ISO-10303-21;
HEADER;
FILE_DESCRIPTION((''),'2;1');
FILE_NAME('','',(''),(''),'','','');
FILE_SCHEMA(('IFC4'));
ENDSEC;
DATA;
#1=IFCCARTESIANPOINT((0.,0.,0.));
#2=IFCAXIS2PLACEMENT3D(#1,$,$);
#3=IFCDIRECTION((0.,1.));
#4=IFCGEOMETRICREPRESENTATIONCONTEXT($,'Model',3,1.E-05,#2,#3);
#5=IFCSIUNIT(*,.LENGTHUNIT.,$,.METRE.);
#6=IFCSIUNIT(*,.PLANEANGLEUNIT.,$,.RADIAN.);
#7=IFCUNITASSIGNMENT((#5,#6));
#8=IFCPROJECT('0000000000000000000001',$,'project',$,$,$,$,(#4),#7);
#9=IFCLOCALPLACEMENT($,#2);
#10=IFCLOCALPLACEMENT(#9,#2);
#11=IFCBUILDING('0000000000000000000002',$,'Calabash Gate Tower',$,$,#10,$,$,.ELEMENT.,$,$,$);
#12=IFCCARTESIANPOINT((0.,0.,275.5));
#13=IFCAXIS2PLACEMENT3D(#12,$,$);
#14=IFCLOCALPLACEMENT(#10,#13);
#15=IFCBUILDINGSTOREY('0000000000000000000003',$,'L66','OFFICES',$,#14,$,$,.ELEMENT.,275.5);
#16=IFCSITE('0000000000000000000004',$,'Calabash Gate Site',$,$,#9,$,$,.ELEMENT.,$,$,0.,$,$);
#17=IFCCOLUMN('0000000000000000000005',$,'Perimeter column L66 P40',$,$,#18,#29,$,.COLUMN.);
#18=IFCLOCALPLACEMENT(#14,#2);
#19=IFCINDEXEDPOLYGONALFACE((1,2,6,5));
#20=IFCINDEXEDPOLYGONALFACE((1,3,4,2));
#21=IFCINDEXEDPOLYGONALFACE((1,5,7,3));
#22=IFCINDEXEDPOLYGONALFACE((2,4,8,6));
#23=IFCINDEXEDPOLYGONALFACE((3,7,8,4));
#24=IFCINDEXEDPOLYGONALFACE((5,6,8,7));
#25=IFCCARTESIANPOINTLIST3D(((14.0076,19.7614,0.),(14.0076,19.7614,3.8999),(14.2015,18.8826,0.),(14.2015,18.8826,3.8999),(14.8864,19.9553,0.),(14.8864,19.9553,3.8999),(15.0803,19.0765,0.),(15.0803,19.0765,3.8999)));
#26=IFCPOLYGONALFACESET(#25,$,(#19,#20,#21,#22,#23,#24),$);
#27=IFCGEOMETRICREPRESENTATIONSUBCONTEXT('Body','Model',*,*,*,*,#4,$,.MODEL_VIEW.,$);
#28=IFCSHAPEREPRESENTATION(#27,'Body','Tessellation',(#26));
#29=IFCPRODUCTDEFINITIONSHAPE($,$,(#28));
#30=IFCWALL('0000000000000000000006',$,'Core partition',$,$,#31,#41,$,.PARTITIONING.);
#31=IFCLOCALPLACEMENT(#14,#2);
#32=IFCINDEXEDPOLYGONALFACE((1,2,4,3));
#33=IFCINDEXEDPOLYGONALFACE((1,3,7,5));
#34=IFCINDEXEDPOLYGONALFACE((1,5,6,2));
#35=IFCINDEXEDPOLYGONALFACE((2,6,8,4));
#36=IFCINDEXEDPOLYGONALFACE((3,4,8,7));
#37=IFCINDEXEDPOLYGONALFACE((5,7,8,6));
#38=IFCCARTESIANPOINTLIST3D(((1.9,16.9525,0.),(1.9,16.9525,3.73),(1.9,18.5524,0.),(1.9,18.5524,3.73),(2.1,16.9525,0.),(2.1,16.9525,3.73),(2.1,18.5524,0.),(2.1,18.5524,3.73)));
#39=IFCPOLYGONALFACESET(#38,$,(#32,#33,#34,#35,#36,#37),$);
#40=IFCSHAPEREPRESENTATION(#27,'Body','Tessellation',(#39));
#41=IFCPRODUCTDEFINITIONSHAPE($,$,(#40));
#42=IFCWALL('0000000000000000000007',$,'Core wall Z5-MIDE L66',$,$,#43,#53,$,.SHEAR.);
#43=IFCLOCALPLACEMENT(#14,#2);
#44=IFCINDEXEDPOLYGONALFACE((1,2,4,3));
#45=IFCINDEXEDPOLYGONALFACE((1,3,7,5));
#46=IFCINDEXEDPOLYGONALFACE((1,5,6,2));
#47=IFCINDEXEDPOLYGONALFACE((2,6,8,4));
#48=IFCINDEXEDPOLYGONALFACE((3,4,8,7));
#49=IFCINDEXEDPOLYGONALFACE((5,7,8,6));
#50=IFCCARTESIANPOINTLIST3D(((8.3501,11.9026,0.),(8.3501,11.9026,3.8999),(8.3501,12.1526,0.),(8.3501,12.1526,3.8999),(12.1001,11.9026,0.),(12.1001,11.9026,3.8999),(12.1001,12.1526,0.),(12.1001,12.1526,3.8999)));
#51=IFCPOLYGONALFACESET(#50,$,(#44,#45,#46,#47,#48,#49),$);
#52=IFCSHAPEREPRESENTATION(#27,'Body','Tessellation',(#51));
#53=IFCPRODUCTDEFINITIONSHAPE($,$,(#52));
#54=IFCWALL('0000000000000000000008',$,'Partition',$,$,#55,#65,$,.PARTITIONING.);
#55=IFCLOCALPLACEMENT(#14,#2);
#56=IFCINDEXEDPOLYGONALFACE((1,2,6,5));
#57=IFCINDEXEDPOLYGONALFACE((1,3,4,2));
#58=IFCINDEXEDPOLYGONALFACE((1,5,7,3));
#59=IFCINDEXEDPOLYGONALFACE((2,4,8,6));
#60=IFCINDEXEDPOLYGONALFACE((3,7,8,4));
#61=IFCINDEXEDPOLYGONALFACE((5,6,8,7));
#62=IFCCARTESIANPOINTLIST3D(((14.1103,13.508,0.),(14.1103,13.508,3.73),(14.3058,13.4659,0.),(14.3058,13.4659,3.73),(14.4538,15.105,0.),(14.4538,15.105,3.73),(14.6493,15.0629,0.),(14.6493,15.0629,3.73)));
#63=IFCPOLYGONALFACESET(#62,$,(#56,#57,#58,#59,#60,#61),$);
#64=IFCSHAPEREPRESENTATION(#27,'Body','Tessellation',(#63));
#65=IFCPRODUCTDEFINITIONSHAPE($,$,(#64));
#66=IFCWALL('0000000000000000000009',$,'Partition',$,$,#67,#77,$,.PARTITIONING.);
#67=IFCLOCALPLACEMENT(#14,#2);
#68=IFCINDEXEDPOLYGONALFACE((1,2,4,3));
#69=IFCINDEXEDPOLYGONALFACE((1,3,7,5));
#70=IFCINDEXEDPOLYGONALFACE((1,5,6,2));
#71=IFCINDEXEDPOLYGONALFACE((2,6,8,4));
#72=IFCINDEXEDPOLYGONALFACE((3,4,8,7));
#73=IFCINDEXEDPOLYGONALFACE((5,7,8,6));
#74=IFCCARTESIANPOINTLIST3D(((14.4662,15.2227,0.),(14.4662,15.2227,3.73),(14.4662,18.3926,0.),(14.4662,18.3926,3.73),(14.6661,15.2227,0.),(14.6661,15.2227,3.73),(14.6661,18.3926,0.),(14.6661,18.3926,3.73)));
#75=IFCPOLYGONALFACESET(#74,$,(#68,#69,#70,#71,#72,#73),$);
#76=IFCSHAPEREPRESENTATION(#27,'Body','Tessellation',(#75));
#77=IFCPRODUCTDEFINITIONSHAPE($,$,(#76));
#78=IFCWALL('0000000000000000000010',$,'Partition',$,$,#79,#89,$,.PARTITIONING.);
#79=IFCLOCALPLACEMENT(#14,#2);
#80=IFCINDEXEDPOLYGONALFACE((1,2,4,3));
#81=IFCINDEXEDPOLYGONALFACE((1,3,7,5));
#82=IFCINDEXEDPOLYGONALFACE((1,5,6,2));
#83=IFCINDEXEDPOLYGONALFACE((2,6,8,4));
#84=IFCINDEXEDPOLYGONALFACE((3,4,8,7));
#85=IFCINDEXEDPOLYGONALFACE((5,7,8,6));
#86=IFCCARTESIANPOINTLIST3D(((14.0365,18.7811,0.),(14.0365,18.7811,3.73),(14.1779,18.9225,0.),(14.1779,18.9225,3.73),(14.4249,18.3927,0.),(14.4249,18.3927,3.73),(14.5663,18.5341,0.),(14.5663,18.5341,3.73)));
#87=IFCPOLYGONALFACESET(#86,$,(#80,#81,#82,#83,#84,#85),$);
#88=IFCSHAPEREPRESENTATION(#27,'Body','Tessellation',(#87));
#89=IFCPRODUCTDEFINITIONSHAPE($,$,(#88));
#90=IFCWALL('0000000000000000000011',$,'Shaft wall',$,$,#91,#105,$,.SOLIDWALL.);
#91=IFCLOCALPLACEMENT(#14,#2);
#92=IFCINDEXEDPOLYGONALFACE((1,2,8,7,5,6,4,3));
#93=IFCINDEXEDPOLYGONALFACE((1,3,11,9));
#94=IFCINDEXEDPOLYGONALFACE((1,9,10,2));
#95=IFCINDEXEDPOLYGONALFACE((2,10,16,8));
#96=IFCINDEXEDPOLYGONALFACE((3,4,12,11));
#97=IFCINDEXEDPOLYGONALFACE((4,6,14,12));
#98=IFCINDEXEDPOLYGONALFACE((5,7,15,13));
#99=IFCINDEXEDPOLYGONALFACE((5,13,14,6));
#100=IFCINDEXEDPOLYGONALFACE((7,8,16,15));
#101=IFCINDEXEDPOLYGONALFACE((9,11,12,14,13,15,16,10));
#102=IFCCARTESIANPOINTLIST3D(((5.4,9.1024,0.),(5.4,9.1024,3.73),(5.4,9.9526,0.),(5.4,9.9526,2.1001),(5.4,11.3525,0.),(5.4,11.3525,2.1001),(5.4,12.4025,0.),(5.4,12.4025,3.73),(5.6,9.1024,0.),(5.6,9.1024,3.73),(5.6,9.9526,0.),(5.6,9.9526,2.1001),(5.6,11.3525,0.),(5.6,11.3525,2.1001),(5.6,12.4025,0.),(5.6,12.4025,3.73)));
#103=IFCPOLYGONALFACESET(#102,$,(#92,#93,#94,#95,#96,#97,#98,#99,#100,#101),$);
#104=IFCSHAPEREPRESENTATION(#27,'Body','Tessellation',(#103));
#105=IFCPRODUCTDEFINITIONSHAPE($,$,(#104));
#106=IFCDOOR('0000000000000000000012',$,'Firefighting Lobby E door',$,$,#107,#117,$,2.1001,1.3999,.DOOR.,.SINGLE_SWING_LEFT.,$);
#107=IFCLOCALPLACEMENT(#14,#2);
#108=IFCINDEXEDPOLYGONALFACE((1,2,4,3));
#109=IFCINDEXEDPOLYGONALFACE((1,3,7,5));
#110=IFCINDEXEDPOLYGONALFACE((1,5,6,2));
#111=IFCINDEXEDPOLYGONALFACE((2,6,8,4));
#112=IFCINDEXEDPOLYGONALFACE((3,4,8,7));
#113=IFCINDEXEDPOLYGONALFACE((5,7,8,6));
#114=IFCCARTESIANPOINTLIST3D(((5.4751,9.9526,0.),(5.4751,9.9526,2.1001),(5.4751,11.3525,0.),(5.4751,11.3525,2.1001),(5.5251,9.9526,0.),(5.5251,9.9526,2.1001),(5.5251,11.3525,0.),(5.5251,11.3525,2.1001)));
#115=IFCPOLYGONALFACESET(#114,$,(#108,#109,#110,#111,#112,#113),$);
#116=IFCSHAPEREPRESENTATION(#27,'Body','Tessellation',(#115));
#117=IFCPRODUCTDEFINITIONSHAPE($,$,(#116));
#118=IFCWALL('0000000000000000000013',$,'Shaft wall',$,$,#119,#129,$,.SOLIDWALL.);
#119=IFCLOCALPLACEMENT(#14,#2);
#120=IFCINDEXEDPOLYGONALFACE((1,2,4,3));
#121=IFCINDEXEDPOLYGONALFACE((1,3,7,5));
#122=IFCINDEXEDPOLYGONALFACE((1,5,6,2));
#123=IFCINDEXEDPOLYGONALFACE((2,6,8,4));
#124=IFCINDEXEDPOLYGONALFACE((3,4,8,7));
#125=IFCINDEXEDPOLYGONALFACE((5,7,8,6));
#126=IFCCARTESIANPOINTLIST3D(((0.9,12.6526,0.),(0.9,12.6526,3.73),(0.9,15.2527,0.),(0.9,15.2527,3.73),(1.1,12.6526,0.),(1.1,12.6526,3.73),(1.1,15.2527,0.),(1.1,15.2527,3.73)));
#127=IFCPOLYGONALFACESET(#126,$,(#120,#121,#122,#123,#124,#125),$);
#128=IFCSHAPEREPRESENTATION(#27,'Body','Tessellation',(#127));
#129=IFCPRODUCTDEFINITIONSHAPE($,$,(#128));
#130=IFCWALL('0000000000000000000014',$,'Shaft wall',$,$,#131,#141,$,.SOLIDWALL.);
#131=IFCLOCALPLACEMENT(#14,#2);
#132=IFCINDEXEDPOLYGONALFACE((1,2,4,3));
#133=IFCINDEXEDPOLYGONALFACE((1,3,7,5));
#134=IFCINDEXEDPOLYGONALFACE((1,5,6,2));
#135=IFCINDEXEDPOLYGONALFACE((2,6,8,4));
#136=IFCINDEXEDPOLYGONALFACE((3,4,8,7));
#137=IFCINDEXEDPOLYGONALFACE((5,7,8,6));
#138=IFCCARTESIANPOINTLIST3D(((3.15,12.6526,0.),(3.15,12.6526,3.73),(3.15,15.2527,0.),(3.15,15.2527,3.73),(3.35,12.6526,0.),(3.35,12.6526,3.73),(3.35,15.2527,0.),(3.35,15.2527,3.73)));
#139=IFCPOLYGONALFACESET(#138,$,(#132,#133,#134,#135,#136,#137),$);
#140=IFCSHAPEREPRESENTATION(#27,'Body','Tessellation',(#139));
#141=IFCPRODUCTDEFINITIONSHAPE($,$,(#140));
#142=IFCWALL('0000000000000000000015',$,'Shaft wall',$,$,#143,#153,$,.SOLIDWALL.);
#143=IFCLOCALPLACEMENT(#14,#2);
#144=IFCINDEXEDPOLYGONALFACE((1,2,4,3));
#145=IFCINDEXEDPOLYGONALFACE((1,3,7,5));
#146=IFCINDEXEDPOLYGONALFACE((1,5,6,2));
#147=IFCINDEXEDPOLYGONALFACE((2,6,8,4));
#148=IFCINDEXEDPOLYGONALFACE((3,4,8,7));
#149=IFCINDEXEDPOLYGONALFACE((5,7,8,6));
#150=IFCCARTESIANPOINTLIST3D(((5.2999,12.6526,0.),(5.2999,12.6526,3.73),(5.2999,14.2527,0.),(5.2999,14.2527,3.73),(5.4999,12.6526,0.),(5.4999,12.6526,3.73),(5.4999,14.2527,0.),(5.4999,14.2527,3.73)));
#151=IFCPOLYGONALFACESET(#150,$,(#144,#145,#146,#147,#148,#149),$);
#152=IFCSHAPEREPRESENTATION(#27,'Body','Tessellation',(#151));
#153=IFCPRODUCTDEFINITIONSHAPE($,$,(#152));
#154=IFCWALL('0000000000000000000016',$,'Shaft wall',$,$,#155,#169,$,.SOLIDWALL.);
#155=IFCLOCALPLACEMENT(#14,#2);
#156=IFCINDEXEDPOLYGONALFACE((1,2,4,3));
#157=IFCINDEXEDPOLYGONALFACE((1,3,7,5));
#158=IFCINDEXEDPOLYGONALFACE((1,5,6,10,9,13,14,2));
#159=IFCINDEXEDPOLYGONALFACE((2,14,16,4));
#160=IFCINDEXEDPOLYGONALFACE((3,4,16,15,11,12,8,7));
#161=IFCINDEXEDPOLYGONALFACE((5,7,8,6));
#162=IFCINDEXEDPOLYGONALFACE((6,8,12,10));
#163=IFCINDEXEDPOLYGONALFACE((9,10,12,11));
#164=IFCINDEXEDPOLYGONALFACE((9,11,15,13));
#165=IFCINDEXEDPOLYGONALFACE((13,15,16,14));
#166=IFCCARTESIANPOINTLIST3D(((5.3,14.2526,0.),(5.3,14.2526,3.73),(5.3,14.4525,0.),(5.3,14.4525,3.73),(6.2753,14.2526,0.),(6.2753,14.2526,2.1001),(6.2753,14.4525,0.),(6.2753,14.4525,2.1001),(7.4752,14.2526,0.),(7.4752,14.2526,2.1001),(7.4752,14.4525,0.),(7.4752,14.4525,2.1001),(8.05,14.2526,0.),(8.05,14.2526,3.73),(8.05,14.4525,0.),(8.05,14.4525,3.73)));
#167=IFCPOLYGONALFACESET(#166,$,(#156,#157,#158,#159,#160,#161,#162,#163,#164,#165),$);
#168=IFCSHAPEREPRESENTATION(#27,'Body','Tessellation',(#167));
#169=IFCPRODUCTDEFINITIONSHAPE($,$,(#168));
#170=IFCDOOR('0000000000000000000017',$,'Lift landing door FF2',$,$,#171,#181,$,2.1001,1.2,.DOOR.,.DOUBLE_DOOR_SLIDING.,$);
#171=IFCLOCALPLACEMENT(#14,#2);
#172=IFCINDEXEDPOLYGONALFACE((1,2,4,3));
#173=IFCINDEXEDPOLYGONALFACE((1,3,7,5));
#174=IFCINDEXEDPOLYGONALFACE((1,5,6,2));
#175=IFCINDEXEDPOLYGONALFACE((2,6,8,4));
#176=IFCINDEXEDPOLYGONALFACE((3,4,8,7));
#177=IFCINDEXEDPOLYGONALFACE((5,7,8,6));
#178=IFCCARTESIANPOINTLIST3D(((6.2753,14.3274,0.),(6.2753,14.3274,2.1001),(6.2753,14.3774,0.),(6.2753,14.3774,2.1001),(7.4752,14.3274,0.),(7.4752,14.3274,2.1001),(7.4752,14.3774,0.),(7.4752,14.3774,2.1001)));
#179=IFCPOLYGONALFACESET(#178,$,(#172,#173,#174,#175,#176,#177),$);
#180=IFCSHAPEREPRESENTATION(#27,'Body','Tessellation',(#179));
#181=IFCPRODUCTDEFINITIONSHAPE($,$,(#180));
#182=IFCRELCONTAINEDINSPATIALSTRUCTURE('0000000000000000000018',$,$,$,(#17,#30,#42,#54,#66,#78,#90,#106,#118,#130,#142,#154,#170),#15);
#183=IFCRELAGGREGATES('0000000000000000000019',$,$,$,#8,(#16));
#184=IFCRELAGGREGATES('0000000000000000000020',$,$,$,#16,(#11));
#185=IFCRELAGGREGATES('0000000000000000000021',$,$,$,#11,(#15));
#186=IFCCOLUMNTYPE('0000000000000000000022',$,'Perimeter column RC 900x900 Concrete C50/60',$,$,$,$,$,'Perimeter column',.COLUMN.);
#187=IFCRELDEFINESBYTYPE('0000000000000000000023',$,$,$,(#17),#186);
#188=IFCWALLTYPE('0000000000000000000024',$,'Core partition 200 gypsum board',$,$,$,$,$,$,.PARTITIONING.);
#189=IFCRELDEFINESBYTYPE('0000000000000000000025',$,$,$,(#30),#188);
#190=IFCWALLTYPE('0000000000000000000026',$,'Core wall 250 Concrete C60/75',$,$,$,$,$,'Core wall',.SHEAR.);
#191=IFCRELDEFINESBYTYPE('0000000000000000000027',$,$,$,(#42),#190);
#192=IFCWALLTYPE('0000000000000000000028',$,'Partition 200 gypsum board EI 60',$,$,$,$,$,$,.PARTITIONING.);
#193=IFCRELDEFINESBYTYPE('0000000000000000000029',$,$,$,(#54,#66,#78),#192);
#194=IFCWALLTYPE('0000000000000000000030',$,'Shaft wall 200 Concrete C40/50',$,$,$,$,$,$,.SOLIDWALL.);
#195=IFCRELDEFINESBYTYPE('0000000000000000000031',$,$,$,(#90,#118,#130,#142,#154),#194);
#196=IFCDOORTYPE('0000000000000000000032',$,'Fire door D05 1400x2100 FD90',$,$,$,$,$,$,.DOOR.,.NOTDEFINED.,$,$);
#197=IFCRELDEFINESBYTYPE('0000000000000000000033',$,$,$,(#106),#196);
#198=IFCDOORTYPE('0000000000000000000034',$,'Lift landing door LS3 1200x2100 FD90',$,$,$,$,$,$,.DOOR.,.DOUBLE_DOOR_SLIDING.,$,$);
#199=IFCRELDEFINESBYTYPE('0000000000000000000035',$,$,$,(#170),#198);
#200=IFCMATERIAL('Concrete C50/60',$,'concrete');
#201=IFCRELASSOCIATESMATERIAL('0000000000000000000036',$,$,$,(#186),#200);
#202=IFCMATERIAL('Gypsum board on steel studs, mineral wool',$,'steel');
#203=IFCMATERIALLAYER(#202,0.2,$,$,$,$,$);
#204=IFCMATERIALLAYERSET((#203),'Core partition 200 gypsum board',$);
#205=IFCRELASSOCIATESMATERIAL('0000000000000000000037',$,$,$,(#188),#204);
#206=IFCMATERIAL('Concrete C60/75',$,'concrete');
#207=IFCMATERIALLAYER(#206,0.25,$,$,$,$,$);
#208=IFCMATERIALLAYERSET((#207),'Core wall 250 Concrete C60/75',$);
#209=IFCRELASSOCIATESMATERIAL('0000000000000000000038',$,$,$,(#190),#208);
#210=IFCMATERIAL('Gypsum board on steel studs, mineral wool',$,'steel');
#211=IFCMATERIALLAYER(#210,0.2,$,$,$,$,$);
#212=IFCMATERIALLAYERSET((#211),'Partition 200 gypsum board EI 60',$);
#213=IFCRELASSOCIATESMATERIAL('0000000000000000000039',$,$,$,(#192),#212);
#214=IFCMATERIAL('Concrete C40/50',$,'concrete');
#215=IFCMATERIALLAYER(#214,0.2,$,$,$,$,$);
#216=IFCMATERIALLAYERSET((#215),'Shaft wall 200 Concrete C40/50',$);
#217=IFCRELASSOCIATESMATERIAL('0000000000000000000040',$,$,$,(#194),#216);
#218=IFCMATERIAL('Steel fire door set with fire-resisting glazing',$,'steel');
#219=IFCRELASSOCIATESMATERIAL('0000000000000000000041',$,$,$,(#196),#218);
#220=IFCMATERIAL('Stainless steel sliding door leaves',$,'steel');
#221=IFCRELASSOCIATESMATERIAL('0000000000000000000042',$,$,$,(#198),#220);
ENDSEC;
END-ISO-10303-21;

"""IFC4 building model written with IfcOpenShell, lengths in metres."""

from ifc_helpers import new_model, si_unit, direction, frame, frame_2d, origin, origin_2d, place, context, subcontext, project, spatial, rectangle, extrude, material, layer, layer_set, material_profile, profile_set, type_object, element, fill, save


model = new_model("IFC4")

# Units and contexts
model_context = context("Model", 3, precision=1e-05, world=origin(), true_north=direction((0.0, 1.0)))
body_context = subcontext(model_context, "Body", "Model", "MODEL_VIEW")
ifc_project = project(units=[si_unit("LENGTHUNIT", "METRE"), si_unit("PLANEANGLEUNIT", "RADIAN")], contexts=[model_context])

# Site, building, storey
site_placement = place(None, origin())
site = spatial("IfcSite", under=ifc_project, at=site_placement, Name="Calabash Gate Site", CompositionType="ELEMENT", RefElevation=0.0)
building_placement = place(site_placement, origin())
building = spatial("IfcBuilding", under=site, at=building_placement, Name="Calabash Gate Tower", CompositionType="ELEMENT")
storey_placement = place(building_placement, frame((0.0, 0.0, 275.5)))
storey = spatial("IfcBuildingStorey", under=building, at=storey_placement, Name="L66", Description="OFFICES", CompositionType="ELEMENT", Elevation=275.5)

# Column
ifc_material_1 = material(Name="Concrete C50/60", Category="concrete")
ifc_material_profile = material_profile(ifc_material_1, rectangle(XDim=0.8999, YDim=0.8999, at=origin_2d()))
ifc_profile_set = profile_set([ifc_material_profile], Name="Concrete C50/60")
column_type = type_object("IfcColumnType", Name="Perimeter column RC 900x900 Concrete C50/60", ElementType="Perimeter column", PredefinedType="COLUMN", material=ifc_profile_set)
column_placement = place(storey_placement, frame((14.5439, 19.4189, 0.0), z_axis=(0.0, 0.0, 1.0), x_axis=(-0.976511, -0.215468, 0.0)))
element("IfcColumn", 1, at=column_placement, inside=storey, type_object=column_type, Name="Perimeter column L66 P40", PredefinedType="COLUMN", context=body_context, shape_type="SweptSolid", body=[
    extrude(rectangle(XDim=0.8999, YDim=0.8999, at=origin_2d()), origin(), (0.0, 0.0, 1.0), 3.8999),
])

# Walls
ifc_material_2 = material(Name="Gypsum board on steel studs, mineral wool", Category="steel")
ifc_layer_1 = layer(ifc_material_2, 0.2)
ifc_layer_set_1 = layer_set([ifc_layer_1], Name="Core partition 200 gypsum board")
wall_type_1 = type_object("IfcWallType", Name="Core partition 200 gypsum board", PredefinedType="PARTITIONING", material=ifc_layer_set_1)
wall_1_placement = place(storey_placement, frame((2.0, 16.9526, 0.0), z_axis=(0.0, 0.0, 1.0), x_axis=(0.0, 1.0, 0.0)))
element("IfcWall", 2, at=wall_1_placement, inside=storey, type_object=wall_type_1, Name="Core partition", PredefinedType="PARTITIONING", context=body_context, shape_type="SweptSolid", body=[
    extrude(rectangle(XDim=1.5999, YDim=0.2, at=frame_2d((0.7998, 0.0))), origin(), (0.0, 0.0, 1.0), 3.73),
])
ifc_material_3 = material(Name="Concrete C60/75", Category="concrete")
ifc_layer_2 = layer(ifc_material_3, 0.25)
ifc_layer_set_2 = layer_set([ifc_layer_2], Name="Core wall 250 Concrete C60/75")
wall_type_2 = type_object("IfcWallType", Name="Core wall 250 Concrete C60/75", ElementType="Core wall", PredefinedType="SHEAR", material=ifc_layer_set_2)
wall_2_placement = place(storey_placement, frame((8.3501, 12.0276, 0.0), z_axis=(0.0, 0.0, 1.0), x_axis=(1.0, 0.0, 0.0)))
element("IfcWall", 3, at=wall_2_placement, inside=storey, type_object=wall_type_2, Name="Core wall Z5-MIDE L66", PredefinedType="SHEAR", context=body_context, shape_type="SweptSolid", body=[
    extrude(rectangle(XDim=3.75, YDim=0.25, at=frame_2d((1.875, 0.0))), origin(), (0.0, 0.0, 1.0), 3.8999),
])
ifc_material_4 = material(Name="Gypsum board on steel studs, mineral wool", Category="steel")
ifc_layer_3 = layer(ifc_material_4, 0.2)
ifc_layer_set_3 = layer_set([ifc_layer_3], Name="Partition 200 gypsum board EI 60")
wall_type_3 = type_object("IfcWallType", Name="Partition 200 gypsum board EI 60", PredefinedType="PARTITIONING", material=ifc_layer_set_3)
wall_3_placement = place(storey_placement, frame((14.208, 13.4868, 0.0), z_axis=(0.0, 0.0, 1.0), x_axis=(0.210295, 0.977638, 0.0)))
element("IfcWall", 4, at=wall_3_placement, inside=storey, type_object=wall_type_3, Name="Partition", PredefinedType="PARTITIONING", context=body_context, shape_type="SweptSolid", body=[
    extrude(rectangle(XDim=1.6335, YDim=0.2, at=frame_2d((0.8169, 0.0))), origin(), (0.0, 0.0, 1.0), 3.73),
])
wall_4_placement = place(storey_placement, frame((14.5662, 18.3926, 0.0), z_axis=(0.0, 0.0, 1.0), x_axis=(0.0, -1.0, 0.0)))
element("IfcWall", 5, at=wall_4_placement, inside=storey, type_object=wall_type_3, Name="Partition", PredefinedType="PARTITIONING", context=body_context, shape_type="SweptSolid", body=[
    extrude(rectangle(XDim=3.1699, YDim=0.2, at=frame_2d((1.585, 0.0))), origin(), (0.0, 0.0, 1.0), 3.73),
])
wall_5_placement = place(storey_placement, frame((14.1072, 18.8518, 0.0), z_axis=(0.0, 0.0, 1.0), x_axis=(0.707107, -0.707107, 0.0)))
element("IfcWall", 6, at=wall_5_placement, inside=storey, type_object=wall_type_3, Name="Partition", PredefinedType="PARTITIONING", context=body_context, shape_type="SweptSolid", body=[
    extrude(rectangle(XDim=0.5493, YDim=0.2, at=frame_2d((0.2747, 0.0))), origin(), (0.0, 0.0, 1.0), 3.73),
])

# Wall, opening, door
ifc_material_5 = material(Name="Concrete C40/50", Category="concrete")
ifc_layer_4 = layer(ifc_material_5, 0.2)
ifc_layer_set_4 = layer_set([ifc_layer_4], Name="Shaft wall 200 Concrete C40/50")
wall_type_4 = type_object("IfcWallType", Name="Shaft wall 200 Concrete C40/50", PredefinedType="SOLIDWALL", material=ifc_layer_set_4)
wall_6_placement = place(storey_placement, frame((5.5, 9.1025, 0.0), z_axis=(0.0, 0.0, 1.0), x_axis=(0.0, 1.0, 0.0)))
wall_6 = element("IfcWall", 7, at=wall_6_placement, inside=storey, type_object=wall_type_4, Name="Shaft wall", PredefinedType="SOLIDWALL", context=body_context, shape_type="SweptSolid", body=[
    extrude(rectangle(XDim=3.3, YDim=0.2, at=frame_2d((1.6499, 0.0))), origin(), (0.0, 0.0, 1.0), 3.73),
])
opening_1_placement = place(wall_6_placement, frame((0.8501, 0.0, 0.0)))
opening_1 = element("IfcOpeningElement", 8, at=opening_1_placement, cuts=wall_6, PredefinedType="OPENING", context=body_context, shape_type="SweptSolid", body=[
    extrude(rectangle(XDim=1.3999, YDim=2.1001, at=frame_2d((0.7, 1.05))), frame((0.0, 0.1099, 0.0), z_axis=(0.0, -1.0, 0.0), x_axis=(1.0, 0.0, 0.0)), (0.0, 0.0, 1.0), 0.22),
])
ifc_material_6 = material(Name="Steel fire door set with fire-resisting glazing", Category="steel")
door_type_1 = type_object("IfcDoorType", Name="Fire door D05 1400x2100 FD90", OperationType="NOTDEFINED", PredefinedType="DOOR", material=ifc_material_6)
door_1_placement = place(opening_1_placement, origin())
door_1 = element("IfcDoor", 9, at=door_1_placement, inside=storey, type_object=door_type_1, Name="Firefighting Lobby E door", OperationType="SINGLE_SWING_LEFT", OverallHeight=2.1001, OverallWidth=1.3999, PredefinedType="DOOR", context=body_context, shape_type="SweptSolid", body=[
    extrude(rectangle(XDim=1.3999, YDim=2.1001, at=frame_2d((0.7, 1.05))), frame((0.0, 0.0249, 0.0), z_axis=(0.0, -1.0, 0.0), x_axis=(1.0, 0.0, 0.0)), (0.0, 0.0, 1.0), 0.05),
])
fill(opening_1, door_1)

# Walls
for number, where, z_axis, x_axis, name in (
    (10, (1.0, 12.6526, 0.0), (0.0, 0.0, 1.0), (0.0, 1.0, 0.0), "Shaft wall"),
    (11, (3.25, 12.6526, 0.0), (0.0, 0.0, 1.0), (0.0, 1.0, 0.0), "Shaft wall"),
):
    element("IfcWall", number, at=place(storey_placement, frame(where, z_axis=z_axis, x_axis=x_axis)), inside=storey, type_object=wall_type_4, Name=name, PredefinedType="SOLIDWALL", context=body_context, shape_type="SweptSolid", body=[
        extrude(rectangle(XDim=2.6001, YDim=0.2, at=frame_2d((1.3, 0.0))), origin(), (0.0, 0.0, 1.0), 3.73),
    ])
wall_7_placement = place(storey_placement, frame((5.3999, 12.6526, 0.0), z_axis=(0.0, 0.0, 1.0), x_axis=(0.0, 1.0, 0.0)))
element("IfcWall", 12, at=wall_7_placement, inside=storey, type_object=wall_type_4, Name="Shaft wall", PredefinedType="SOLIDWALL", context=body_context, shape_type="SweptSolid", body=[
    extrude(rectangle(XDim=1.6001, YDim=0.2, at=frame_2d((0.8, 0.0))), origin(), (0.0, 0.0, 1.0), 3.73),
])

# Wall, opening, door
wall_8_placement = place(storey_placement, frame((5.3, 14.3525, 0.0), z_axis=(0.0, 0.0, 1.0), x_axis=(1.0, 0.0, 0.0)))
wall_8 = element("IfcWall", 13, at=wall_8_placement, inside=storey, type_object=wall_type_4, Name="Shaft wall", PredefinedType="SOLIDWALL", context=body_context, shape_type="SweptSolid", body=[
    extrude(rectangle(XDim=2.75, YDim=0.2, at=frame_2d((1.375, 0.0))), origin(), (0.0, 0.0, 1.0), 3.73),
])
opening_2_placement = place(wall_8_placement, frame((0.9751, 0.0, 0.0)))
opening_2 = element("IfcOpeningElement", 14, at=opening_2_placement, cuts=wall_8, PredefinedType="OPENING", context=body_context, shape_type="SweptSolid", body=[
    extrude(rectangle(XDim=1.2, YDim=2.1001, at=frame_2d((0.6001, 1.05))), frame((0.0, 0.1099, 0.0), z_axis=(0.0, -1.0, 0.0), x_axis=(1.0, 0.0, 0.0)), (0.0, 0.0, 1.0), 0.22),
])
ifc_material_7 = material(Name="Stainless steel sliding door leaves", Category="steel")
door_type_2 = type_object("IfcDoorType", Name="Lift landing door LS3 1200x2100 FD90", OperationType="DOUBLE_DOOR_SLIDING", PredefinedType="DOOR", material=ifc_material_7)
door_2_placement = place(opening_2_placement, origin())
door_2 = element("IfcDoor", 15, at=door_2_placement, inside=storey, type_object=door_type_2, Name="Lift landing door FF2", OperationType="DOUBLE_DOOR_SLIDING", OverallHeight=2.1001, OverallWidth=1.2, PredefinedType="DOOR", context=body_context, shape_type="SweptSolid", body=[
    extrude(rectangle(XDim=1.2, YDim=2.1001, at=frame_2d((0.6001, 1.05))), frame((0.0, 0.0249, 0.0), z_axis=(0.0, -1.0, 0.0), x_axis=(1.0, 0.0, 0.0)), (0.0, 0.0, 1.0), 0.05),
])
fill(opening_2, door_2)

save(model, "model.ifc")
